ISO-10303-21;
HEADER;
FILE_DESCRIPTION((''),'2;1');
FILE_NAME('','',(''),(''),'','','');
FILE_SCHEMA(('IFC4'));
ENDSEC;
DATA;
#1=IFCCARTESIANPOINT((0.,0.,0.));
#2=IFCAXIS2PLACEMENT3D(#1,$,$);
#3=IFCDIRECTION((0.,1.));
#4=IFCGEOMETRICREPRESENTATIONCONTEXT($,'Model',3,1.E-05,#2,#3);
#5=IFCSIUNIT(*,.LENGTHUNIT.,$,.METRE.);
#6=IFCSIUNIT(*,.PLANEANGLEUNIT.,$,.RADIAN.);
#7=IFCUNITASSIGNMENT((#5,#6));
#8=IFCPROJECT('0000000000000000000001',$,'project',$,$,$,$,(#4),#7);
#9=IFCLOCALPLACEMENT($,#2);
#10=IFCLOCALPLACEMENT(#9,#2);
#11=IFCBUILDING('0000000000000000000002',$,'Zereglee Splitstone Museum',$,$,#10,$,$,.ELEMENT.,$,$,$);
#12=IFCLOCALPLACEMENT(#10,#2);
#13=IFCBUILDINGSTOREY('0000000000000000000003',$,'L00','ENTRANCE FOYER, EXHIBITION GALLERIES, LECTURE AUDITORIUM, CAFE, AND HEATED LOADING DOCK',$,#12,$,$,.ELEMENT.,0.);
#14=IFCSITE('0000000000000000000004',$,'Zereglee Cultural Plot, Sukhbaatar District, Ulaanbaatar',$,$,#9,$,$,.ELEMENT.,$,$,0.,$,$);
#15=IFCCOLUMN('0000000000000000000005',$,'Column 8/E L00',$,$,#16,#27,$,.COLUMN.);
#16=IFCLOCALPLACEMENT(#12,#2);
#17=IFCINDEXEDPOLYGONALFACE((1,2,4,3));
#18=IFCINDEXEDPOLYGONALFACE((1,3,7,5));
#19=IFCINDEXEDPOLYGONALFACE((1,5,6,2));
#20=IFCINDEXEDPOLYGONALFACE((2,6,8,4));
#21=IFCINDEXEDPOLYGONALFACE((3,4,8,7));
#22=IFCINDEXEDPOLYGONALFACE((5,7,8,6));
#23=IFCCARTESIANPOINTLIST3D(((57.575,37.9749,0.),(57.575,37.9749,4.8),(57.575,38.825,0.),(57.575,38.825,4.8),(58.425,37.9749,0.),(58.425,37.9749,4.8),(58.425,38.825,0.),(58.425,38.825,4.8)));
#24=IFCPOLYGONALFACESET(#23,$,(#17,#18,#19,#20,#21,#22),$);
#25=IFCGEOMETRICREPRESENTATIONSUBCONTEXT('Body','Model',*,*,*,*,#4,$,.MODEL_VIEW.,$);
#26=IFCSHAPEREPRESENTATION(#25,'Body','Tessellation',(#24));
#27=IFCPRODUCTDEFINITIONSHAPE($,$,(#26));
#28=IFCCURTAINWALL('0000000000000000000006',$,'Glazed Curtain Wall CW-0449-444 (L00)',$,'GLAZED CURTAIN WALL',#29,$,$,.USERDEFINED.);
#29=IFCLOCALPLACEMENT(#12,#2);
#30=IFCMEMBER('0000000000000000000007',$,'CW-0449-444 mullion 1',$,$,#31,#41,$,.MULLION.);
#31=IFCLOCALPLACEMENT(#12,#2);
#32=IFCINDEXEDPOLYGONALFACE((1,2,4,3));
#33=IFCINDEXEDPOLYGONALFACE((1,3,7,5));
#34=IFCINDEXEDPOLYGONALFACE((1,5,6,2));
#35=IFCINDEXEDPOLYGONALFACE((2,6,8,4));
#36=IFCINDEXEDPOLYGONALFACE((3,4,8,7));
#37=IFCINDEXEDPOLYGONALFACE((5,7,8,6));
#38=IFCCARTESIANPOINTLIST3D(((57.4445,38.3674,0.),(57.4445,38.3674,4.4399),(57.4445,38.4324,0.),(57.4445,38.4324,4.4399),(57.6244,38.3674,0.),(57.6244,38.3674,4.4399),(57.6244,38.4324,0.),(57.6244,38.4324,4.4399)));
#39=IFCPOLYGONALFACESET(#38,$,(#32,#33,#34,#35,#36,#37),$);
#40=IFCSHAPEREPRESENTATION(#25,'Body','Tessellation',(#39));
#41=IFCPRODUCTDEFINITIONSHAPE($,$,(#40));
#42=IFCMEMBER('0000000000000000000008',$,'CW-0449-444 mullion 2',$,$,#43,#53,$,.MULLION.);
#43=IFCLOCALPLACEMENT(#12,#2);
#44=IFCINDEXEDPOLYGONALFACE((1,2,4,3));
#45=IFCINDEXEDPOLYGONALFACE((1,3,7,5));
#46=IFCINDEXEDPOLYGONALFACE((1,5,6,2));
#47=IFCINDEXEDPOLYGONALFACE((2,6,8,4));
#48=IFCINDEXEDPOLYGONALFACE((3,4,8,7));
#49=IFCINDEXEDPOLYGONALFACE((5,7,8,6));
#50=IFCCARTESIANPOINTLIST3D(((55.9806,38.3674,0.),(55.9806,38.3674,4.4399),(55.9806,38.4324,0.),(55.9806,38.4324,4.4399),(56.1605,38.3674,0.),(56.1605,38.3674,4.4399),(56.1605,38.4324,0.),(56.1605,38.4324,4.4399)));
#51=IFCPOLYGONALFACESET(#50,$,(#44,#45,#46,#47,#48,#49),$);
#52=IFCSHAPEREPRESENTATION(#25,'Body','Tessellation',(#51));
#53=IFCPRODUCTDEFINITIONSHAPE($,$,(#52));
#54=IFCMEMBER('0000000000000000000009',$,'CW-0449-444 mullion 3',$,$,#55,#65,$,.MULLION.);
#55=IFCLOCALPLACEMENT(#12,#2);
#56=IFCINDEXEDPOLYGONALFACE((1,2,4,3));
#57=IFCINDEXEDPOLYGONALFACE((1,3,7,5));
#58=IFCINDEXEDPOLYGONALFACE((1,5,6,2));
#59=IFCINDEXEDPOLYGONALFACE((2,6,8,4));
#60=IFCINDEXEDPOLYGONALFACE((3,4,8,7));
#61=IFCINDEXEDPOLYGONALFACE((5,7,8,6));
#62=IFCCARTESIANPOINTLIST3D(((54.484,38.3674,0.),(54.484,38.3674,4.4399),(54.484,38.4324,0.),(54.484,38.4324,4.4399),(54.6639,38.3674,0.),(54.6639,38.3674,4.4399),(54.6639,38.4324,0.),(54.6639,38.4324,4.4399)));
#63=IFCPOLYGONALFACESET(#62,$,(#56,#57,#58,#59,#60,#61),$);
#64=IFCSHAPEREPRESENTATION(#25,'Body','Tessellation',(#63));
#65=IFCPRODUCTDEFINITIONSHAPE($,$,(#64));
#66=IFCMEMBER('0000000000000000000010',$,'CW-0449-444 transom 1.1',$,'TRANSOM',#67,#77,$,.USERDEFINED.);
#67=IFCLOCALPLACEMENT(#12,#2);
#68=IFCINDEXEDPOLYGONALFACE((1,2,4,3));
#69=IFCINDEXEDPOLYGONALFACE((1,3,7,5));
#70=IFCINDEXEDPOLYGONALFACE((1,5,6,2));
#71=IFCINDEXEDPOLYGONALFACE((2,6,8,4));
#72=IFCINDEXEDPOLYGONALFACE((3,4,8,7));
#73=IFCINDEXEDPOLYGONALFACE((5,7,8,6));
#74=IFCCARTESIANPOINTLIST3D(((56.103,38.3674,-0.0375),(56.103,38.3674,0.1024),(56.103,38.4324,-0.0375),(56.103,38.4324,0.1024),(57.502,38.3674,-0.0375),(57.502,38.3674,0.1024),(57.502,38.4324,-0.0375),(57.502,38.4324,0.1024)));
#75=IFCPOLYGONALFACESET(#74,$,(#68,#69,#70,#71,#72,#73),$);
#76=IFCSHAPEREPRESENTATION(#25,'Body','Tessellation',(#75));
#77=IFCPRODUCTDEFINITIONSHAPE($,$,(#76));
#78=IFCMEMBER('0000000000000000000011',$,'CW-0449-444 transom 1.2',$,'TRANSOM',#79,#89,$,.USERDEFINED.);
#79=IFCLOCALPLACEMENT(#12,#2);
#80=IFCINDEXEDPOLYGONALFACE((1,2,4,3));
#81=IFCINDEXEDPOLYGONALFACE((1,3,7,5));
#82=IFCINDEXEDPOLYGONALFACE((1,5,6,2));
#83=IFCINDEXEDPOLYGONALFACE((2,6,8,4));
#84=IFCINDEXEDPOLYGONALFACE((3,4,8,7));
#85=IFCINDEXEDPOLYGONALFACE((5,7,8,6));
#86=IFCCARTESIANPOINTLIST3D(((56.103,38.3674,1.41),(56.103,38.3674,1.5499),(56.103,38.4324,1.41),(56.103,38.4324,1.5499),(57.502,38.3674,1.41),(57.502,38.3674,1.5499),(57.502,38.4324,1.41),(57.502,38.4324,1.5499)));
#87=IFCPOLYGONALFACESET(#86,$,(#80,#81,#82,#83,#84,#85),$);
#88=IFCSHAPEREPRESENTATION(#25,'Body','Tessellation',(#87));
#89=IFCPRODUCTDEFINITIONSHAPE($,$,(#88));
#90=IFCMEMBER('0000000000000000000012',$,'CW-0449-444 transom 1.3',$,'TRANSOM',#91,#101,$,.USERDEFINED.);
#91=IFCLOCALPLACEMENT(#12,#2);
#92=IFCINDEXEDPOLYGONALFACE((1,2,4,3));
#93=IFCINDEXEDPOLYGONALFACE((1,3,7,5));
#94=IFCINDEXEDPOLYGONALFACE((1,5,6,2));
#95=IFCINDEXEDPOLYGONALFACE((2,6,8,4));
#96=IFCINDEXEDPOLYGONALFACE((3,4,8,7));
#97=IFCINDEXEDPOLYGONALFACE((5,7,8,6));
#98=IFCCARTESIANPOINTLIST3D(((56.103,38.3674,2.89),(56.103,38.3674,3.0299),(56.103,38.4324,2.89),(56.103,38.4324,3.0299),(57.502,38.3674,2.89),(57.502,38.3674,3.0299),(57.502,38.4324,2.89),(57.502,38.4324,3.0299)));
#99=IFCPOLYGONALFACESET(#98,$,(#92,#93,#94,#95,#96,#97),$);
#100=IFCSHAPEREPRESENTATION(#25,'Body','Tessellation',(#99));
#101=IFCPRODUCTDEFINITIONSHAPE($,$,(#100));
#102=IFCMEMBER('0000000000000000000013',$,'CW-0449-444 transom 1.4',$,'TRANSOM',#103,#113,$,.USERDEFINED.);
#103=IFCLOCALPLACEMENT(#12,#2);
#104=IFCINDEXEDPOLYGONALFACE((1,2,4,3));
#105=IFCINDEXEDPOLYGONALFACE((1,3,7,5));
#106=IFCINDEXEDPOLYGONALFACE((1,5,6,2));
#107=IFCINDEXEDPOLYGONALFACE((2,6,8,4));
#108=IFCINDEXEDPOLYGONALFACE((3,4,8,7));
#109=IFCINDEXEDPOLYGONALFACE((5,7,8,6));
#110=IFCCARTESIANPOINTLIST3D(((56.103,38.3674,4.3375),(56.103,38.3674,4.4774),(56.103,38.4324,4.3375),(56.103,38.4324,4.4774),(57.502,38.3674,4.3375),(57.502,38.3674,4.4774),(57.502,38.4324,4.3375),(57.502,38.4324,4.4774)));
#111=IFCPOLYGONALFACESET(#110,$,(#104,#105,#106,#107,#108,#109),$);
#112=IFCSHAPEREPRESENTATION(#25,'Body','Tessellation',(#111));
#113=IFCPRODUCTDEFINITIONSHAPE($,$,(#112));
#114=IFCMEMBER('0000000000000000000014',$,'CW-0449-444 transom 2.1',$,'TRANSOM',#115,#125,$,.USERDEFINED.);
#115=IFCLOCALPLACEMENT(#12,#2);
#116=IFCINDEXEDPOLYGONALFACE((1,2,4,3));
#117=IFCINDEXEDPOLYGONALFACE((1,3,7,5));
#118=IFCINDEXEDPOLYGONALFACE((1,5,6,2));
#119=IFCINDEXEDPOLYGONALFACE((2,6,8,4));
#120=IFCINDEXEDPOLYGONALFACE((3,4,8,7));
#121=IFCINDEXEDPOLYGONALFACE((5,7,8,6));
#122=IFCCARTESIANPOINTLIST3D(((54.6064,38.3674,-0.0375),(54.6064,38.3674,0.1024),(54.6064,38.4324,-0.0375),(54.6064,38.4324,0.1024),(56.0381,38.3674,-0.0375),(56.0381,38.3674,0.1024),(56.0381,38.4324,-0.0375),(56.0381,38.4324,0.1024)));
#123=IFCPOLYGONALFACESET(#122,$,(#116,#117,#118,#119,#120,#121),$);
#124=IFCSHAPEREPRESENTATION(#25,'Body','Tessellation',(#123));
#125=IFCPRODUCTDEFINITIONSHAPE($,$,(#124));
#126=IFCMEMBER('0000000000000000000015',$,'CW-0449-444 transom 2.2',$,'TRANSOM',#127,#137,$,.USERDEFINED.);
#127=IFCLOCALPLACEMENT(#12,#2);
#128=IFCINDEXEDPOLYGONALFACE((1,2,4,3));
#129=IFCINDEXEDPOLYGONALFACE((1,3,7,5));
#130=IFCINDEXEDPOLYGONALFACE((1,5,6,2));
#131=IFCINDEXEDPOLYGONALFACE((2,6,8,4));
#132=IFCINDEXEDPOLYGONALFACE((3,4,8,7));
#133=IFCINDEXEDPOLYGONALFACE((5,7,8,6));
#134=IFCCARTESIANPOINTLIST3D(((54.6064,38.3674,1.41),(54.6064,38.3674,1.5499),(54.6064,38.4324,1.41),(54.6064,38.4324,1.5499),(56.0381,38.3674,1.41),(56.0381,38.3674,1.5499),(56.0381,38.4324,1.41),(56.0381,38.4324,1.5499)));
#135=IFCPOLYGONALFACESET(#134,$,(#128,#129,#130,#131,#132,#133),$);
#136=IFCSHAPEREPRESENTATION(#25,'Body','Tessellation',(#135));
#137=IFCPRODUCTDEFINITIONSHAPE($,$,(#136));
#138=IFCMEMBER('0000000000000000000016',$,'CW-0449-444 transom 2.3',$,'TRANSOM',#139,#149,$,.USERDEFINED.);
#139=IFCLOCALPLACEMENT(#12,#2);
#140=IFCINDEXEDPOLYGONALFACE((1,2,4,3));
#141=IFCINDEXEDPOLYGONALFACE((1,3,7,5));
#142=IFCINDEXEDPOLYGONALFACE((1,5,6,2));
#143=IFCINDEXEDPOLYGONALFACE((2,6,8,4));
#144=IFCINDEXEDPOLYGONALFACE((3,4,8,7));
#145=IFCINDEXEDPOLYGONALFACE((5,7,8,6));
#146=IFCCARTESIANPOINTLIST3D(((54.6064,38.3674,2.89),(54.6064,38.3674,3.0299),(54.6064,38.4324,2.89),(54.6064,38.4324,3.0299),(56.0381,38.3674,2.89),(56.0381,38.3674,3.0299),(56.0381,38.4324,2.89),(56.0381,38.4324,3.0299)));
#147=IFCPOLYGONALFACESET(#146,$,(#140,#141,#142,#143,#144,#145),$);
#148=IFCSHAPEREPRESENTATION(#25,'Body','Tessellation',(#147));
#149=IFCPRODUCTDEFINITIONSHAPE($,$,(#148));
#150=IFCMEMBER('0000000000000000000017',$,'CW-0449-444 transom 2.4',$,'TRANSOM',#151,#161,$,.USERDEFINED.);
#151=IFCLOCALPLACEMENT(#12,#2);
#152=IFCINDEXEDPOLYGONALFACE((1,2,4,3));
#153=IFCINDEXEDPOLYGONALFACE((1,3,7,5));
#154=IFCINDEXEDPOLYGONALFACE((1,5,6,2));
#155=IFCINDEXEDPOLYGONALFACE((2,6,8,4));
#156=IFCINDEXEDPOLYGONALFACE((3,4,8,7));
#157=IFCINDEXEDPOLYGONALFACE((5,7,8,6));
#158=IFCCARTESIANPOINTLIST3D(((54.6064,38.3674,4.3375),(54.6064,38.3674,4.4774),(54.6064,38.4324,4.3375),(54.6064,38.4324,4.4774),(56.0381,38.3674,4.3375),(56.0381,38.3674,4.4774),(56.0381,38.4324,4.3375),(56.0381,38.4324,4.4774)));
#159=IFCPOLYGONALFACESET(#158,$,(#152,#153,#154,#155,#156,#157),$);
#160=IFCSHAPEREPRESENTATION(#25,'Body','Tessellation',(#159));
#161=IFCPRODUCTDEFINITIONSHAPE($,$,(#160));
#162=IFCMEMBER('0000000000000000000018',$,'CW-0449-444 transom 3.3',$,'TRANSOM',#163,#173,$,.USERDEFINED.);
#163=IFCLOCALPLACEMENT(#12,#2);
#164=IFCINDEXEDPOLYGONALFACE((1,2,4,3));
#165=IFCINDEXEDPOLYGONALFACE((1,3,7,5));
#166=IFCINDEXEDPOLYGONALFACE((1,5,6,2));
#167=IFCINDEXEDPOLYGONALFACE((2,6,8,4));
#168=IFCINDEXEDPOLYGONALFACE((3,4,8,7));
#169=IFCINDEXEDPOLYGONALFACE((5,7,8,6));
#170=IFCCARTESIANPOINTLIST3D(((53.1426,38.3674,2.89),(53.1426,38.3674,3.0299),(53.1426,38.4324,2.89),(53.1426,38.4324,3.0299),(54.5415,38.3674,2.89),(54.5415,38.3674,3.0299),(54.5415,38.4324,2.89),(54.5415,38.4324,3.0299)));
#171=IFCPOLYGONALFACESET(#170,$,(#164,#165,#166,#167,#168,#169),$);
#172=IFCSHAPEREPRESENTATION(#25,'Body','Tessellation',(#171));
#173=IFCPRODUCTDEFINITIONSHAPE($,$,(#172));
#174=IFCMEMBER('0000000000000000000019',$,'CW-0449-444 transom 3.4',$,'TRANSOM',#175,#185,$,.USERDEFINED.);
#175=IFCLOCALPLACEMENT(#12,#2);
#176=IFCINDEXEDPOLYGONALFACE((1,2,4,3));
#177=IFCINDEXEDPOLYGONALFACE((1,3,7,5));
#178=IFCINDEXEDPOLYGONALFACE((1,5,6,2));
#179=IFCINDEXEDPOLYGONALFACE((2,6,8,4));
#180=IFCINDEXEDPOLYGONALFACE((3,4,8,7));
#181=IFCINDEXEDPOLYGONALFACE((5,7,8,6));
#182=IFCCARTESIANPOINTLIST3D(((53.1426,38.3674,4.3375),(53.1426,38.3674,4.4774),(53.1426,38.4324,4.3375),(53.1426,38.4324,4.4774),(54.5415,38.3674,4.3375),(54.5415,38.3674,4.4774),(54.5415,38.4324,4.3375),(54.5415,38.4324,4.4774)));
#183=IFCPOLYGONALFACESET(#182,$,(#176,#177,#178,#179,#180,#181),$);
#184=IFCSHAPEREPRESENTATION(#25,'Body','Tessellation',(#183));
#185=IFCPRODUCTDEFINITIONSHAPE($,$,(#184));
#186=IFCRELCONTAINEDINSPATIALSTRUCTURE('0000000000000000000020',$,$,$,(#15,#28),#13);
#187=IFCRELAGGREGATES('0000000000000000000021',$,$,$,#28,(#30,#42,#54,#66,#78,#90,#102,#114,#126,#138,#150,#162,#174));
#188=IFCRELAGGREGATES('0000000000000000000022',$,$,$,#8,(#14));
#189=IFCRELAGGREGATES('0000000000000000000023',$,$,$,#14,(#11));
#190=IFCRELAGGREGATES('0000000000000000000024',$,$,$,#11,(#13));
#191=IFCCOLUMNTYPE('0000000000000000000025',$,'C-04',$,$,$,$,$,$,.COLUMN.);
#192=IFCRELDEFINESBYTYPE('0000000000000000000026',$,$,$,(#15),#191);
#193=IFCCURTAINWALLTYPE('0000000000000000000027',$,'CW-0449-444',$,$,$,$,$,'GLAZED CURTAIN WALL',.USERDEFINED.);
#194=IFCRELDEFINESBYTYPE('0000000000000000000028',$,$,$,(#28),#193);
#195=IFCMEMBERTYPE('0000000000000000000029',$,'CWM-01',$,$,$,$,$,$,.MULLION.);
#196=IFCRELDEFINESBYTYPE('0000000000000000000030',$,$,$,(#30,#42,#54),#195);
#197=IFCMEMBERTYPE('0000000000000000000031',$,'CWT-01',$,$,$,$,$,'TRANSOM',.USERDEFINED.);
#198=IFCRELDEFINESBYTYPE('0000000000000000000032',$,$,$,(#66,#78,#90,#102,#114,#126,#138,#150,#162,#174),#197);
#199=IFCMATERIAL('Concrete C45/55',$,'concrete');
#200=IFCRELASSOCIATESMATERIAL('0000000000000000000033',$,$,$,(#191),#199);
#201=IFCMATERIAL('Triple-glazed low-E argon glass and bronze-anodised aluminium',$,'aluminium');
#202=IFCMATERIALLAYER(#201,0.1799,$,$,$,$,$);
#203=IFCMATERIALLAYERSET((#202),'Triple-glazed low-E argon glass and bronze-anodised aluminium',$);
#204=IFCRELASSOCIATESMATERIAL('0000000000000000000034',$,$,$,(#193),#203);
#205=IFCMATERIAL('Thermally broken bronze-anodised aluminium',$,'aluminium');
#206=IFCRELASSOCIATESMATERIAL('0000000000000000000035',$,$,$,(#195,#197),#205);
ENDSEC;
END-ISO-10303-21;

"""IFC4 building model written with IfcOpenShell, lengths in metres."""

from ifc_helpers import new_model, si_unit, direction, frame, origin, origin_2d, place, context, subcontext, project, spatial, rectangle, extrude, material, layer, layer_set, material_profile, profile_set, type_object, element, aggregate, save


model = new_model("IFC4")

# Units and contexts
model_context = context("Model", 3, precision=1e-05, world=origin(), true_north=direction((0.0, 1.0)))
body_context = subcontext(model_context, "Body", "Model", "MODEL_VIEW")
ifc_project = project(units=[si_unit("LENGTHUNIT", "METRE"), si_unit("PLANEANGLEUNIT", "RADIAN")], contexts=[model_context])

# Site, building, storey
site_placement = place(None, origin())
site = spatial("IfcSite", under=ifc_project, at=site_placement, Name="Zereglee Cultural Plot, Sukhbaatar District, Ulaanbaatar", CompositionType="ELEMENT", RefElevation=0.0)
building_placement = place(site_placement, origin())
building = spatial("IfcBuilding", under=site, at=building_placement, Name="Zereglee Splitstone Museum", CompositionType="ELEMENT")
storey_placement = place(building_placement, origin())
storey = spatial("IfcBuildingStorey", under=building, at=storey_placement, Name="L00", Description="ENTRANCE FOYER, EXHIBITION GALLERIES, LECTURE AUDITORIUM, CAFE, AND HEATED LOADING DOCK", CompositionType="ELEMENT", Elevation=0.0)

# Column
ifc_material_1 = material(Name="Concrete C45/55", Category="concrete")
ifc_material_profile_1 = material_profile(ifc_material_1, rectangle(XDim=0.8501, YDim=0.8501, at=origin_2d()), Name="RC 850x850")
ifc_profile_set_1 = profile_set([ifc_material_profile_1], Name="Concrete C45/55")
column_type = type_object("IfcColumnType", Name="C-04", PredefinedType="COLUMN", material=ifc_profile_set_1)
column_placement = place(storey_placement, frame((58.0, 38.3999, 0.0), z_axis=(0.0, 0.0, 1.0), x_axis=(1.0, 0.0, 0.0)))
element("IfcColumn", 1, at=column_placement, inside=storey, type_object=column_type, Name="Column 8/E L00", PredefinedType="COLUMN", context=body_context, shape_type="SweptSolid", body=[
    extrude(rectangle(XDim=0.8501, YDim=0.8501, at=origin_2d()), origin(), (0.0, 0.0, 1.0), 4.8),
])

# Curtain wall, members
ifc_material_2 = material(Name="Triple-glazed low-E argon glass and bronze-anodised aluminium", Category="aluminium")
ifc_layer_1 = layer(ifc_material_2, 0.1799)
ifc_layer_set_1 = layer_set([ifc_layer_1], Name="Triple-glazed low-E argon glass and bronze-anodised aluminium")
curtain_wall_type = type_object("IfcCurtainWallType", Name="CW-0449-444", ElementType="GLAZED CURTAIN WALL", PredefinedType="USERDEFINED", material=ifc_layer_set_1)
curtain_wall_placement = place(storey_placement, origin())
curtain_wall = element("IfcCurtainWall", 2, at=curtain_wall_placement, inside=storey, type_object=curtain_wall_type, Name="Glazed Curtain Wall CW-0449-444 (L00)", ObjectType="GLAZED CURTAIN WALL", PredefinedType="USERDEFINED")
ifc_material_3 = material(Name="Thermally broken bronze-anodised aluminium", Category="aluminium")
ifc_material_profile_2 = material_profile(ifc_material_3, rectangle(XDim=0.0649, YDim=0.1799, at=origin_2d()), Name="CW MULL 65x180")
ifc_profile_set_2 = profile_set([ifc_material_profile_2], Name="Thermally broken bronze-anodised aluminium")
member_type_1 = type_object("IfcMemberType", Name="CWM-01", PredefinedType="MULLION", material=ifc_profile_set_2)
member_1_placement = place(storey_placement, frame((57.5344, 38.3999, 0.0), z_axis=(0.0, 0.0, 1.0), x_axis=(0.0, -1.0, 0.0)))
member_1 = element("IfcMember", 3, at=member_1_placement, type_object=member_type_1, Name="CW-0449-444 mullion 1", PredefinedType="MULLION", context=body_context, shape_type="SweptSolid", body=[
    extrude(rectangle(XDim=0.0649, YDim=0.1799, at=origin_2d()), origin(), (0.0, 0.0, 1.0), 4.4399),
])
member_2_placement = place(storey_placement, frame((56.0706, 38.3999, 0.0), z_axis=(0.0, 0.0, 1.0), x_axis=(0.0, -1.0, 0.0)))
member_2 = element("IfcMember", 4, at=member_2_placement, type_object=member_type_1, Name="CW-0449-444 mullion 2", PredefinedType="MULLION", context=body_context, shape_type="SweptSolid", body=[
    extrude(rectangle(XDim=0.0649, YDim=0.1799, at=origin_2d()), origin(), (0.0, 0.0, 1.0), 4.4399),
])
member_3_placement = place(storey_placement, frame((54.574, 38.3999, 0.0), z_axis=(0.0, 0.0, 1.0), x_axis=(0.0, -1.0, 0.0)))
member_3 = element("IfcMember", 5, at=member_3_placement, type_object=member_type_1, Name="CW-0449-444 mullion 3", PredefinedType="MULLION", context=body_context, shape_type="SweptSolid", body=[
    extrude(rectangle(XDim=0.0649, YDim=0.1799, at=origin_2d()), origin(), (0.0, 0.0, 1.0), 4.4399),
])
ifc_material_profile_3 = material_profile(ifc_material_3, rectangle(XDim=0.0649, YDim=0.1399, at=origin_2d()), Name="CW TRAN 65x140")
ifc_profile_set_3 = profile_set([ifc_material_profile_3], Name="Thermally broken bronze-anodised aluminium")
member_type_2 = type_object("IfcMemberType", Name="CWT-01", ElementType="TRANSOM", PredefinedType="USERDEFINED", material=ifc_profile_set_3)
member_4_placement = place(storey_placement, frame((57.502, 38.3999, 0.0325), z_axis=(-1.0, 0.0, 0.0), x_axis=(0.0, -1.0, 0.0)))
member_4 = element("IfcMember", 6, at=member_4_placement, type_object=member_type_2, Name="CW-0449-444 transom 1.1", ObjectType="TRANSOM", PredefinedType="USERDEFINED", context=body_context, shape_type="SweptSolid", body=[
    extrude(rectangle(XDim=0.0649, YDim=0.1399, at=origin_2d()), origin(), (0.0, 0.0, 1.0), 1.3989),
])
member_5_placement = place(storey_placement, frame((57.502, 38.3999, 1.48), z_axis=(-1.0, 0.0, 0.0), x_axis=(0.0, -1.0, 0.0)))
member_5 = element("IfcMember", 7, at=member_5_placement, type_object=member_type_2, Name="CW-0449-444 transom 1.2", ObjectType="TRANSOM", PredefinedType="USERDEFINED", context=body_context, shape_type="SweptSolid", body=[
    extrude(rectangle(XDim=0.0649, YDim=0.1399, at=origin_2d()), origin(), (0.0, 0.0, 1.0), 1.3989),
])
member_6_placement = place(storey_placement, frame((57.502, 38.3999, 2.96), z_axis=(-1.0, 0.0, 0.0), x_axis=(0.0, -1.0, 0.0)))
member_6 = element("IfcMember", 8, at=member_6_placement, type_object=member_type_2, Name="CW-0449-444 transom 1.3", ObjectType="TRANSOM", PredefinedType="USERDEFINED", context=body_context, shape_type="SweptSolid", body=[
    extrude(rectangle(XDim=0.0649, YDim=0.1399, at=origin_2d()), origin(), (0.0, 0.0, 1.0), 1.3989),
])
member_7_placement = place(storey_placement, frame((57.502, 38.3999, 4.4075), z_axis=(-1.0, 0.0, 0.0), x_axis=(0.0, -1.0, 0.0)))
member_7 = element("IfcMember", 9, at=member_7_placement, type_object=member_type_2, Name="CW-0449-444 transom 1.4", ObjectType="TRANSOM", PredefinedType="USERDEFINED", context=body_context, shape_type="SweptSolid", body=[
    extrude(rectangle(XDim=0.0649, YDim=0.1399, at=origin_2d()), origin(), (0.0, 0.0, 1.0), 1.3989),
])
member_8_placement = place(storey_placement, frame((56.0381, 38.3999, 0.0325), z_axis=(-1.0, 0.0, 0.0), x_axis=(0.0, -1.0, 0.0)))
member_8 = element("IfcMember", 10, at=member_8_placement, type_object=member_type_2, Name="CW-0449-444 transom 2.1", ObjectType="TRANSOM", PredefinedType="USERDEFINED", context=body_context, shape_type="SweptSolid", body=[
    extrude(rectangle(XDim=0.0649, YDim=0.1399, at=origin_2d()), origin(), (0.0, 0.0, 1.0), 1.4316),
])
member_9_placement = place(storey_placement, frame((56.0381, 38.3999, 1.48), z_axis=(-1.0, 0.0, 0.0), x_axis=(0.0, -1.0, 0.0)))
member_9 = element("IfcMember", 11, at=member_9_placement, type_object=member_type_2, Name="CW-0449-444 transom 2.2", ObjectType="TRANSOM", PredefinedType="USERDEFINED", context=body_context, shape_type="SweptSolid", body=[
    extrude(rectangle(XDim=0.0649, YDim=0.1399, at=origin_2d()), origin(), (0.0, 0.0, 1.0), 1.4316),
])
member_10_placement = place(storey_placement, frame((56.0381, 38.3999, 2.96), z_axis=(-1.0, 0.0, 0.0), x_axis=(0.0, -1.0, 0.0)))
member_10 = element("IfcMember", 12, at=member_10_placement, type_object=member_type_2, Name="CW-0449-444 transom 2.3", ObjectType="TRANSOM", PredefinedType="USERDEFINED", context=body_context, shape_type="SweptSolid", body=[
    extrude(rectangle(XDim=0.0649, YDim=0.1399, at=origin_2d()), origin(), (0.0, 0.0, 1.0), 1.4316),
])
member_11_placement = place(storey_placement, frame((56.0381, 38.3999, 4.4075), z_axis=(-1.0, 0.0, 0.0), x_axis=(0.0, -1.0, 0.0)))
member_11 = element("IfcMember", 13, at=member_11_placement, type_object=member_type_2, Name="CW-0449-444 transom 2.4", ObjectType="TRANSOM", PredefinedType="USERDEFINED", context=body_context, shape_type="SweptSolid", body=[
    extrude(rectangle(XDim=0.0649, YDim=0.1399, at=origin_2d()), origin(), (0.0, 0.0, 1.0), 1.4316),
])
member_12_placement = place(storey_placement, frame((54.5415, 38.3999, 2.96), z_axis=(-1.0, 0.0, 0.0), x_axis=(0.0, -1.0, 0.0)))
member_12 = element("IfcMember", 14, at=member_12_placement, type_object=member_type_2, Name="CW-0449-444 transom 3.3", ObjectType="TRANSOM", PredefinedType="USERDEFINED", context=body_context, shape_type="SweptSolid", body=[
    extrude(rectangle(XDim=0.0649, YDim=0.1399, at=origin_2d()), origin(), (0.0, 0.0, 1.0), 1.3989),
])
member_13_placement = place(storey_placement, frame((54.5415, 38.3999, 4.4075), z_axis=(-1.0, 0.0, 0.0), x_axis=(0.0, -1.0, 0.0)))
member_13 = element("IfcMember", 15, at=member_13_placement, type_object=member_type_2, Name="CW-0449-444 transom 3.4", ObjectType="TRANSOM", PredefinedType="USERDEFINED", context=body_context, shape_type="SweptSolid", body=[
    extrude(rectangle(XDim=0.0649, YDim=0.1399, at=origin_2d()), origin(), (0.0, 0.0, 1.0), 1.3989),
])

aggregate(curtain_wall, [member_1, member_2, member_3, member_4, member_5, member_6, member_7, member_8, member_9, member_10, member_11, member_12, member_13])

save(model, "model.ifc")
